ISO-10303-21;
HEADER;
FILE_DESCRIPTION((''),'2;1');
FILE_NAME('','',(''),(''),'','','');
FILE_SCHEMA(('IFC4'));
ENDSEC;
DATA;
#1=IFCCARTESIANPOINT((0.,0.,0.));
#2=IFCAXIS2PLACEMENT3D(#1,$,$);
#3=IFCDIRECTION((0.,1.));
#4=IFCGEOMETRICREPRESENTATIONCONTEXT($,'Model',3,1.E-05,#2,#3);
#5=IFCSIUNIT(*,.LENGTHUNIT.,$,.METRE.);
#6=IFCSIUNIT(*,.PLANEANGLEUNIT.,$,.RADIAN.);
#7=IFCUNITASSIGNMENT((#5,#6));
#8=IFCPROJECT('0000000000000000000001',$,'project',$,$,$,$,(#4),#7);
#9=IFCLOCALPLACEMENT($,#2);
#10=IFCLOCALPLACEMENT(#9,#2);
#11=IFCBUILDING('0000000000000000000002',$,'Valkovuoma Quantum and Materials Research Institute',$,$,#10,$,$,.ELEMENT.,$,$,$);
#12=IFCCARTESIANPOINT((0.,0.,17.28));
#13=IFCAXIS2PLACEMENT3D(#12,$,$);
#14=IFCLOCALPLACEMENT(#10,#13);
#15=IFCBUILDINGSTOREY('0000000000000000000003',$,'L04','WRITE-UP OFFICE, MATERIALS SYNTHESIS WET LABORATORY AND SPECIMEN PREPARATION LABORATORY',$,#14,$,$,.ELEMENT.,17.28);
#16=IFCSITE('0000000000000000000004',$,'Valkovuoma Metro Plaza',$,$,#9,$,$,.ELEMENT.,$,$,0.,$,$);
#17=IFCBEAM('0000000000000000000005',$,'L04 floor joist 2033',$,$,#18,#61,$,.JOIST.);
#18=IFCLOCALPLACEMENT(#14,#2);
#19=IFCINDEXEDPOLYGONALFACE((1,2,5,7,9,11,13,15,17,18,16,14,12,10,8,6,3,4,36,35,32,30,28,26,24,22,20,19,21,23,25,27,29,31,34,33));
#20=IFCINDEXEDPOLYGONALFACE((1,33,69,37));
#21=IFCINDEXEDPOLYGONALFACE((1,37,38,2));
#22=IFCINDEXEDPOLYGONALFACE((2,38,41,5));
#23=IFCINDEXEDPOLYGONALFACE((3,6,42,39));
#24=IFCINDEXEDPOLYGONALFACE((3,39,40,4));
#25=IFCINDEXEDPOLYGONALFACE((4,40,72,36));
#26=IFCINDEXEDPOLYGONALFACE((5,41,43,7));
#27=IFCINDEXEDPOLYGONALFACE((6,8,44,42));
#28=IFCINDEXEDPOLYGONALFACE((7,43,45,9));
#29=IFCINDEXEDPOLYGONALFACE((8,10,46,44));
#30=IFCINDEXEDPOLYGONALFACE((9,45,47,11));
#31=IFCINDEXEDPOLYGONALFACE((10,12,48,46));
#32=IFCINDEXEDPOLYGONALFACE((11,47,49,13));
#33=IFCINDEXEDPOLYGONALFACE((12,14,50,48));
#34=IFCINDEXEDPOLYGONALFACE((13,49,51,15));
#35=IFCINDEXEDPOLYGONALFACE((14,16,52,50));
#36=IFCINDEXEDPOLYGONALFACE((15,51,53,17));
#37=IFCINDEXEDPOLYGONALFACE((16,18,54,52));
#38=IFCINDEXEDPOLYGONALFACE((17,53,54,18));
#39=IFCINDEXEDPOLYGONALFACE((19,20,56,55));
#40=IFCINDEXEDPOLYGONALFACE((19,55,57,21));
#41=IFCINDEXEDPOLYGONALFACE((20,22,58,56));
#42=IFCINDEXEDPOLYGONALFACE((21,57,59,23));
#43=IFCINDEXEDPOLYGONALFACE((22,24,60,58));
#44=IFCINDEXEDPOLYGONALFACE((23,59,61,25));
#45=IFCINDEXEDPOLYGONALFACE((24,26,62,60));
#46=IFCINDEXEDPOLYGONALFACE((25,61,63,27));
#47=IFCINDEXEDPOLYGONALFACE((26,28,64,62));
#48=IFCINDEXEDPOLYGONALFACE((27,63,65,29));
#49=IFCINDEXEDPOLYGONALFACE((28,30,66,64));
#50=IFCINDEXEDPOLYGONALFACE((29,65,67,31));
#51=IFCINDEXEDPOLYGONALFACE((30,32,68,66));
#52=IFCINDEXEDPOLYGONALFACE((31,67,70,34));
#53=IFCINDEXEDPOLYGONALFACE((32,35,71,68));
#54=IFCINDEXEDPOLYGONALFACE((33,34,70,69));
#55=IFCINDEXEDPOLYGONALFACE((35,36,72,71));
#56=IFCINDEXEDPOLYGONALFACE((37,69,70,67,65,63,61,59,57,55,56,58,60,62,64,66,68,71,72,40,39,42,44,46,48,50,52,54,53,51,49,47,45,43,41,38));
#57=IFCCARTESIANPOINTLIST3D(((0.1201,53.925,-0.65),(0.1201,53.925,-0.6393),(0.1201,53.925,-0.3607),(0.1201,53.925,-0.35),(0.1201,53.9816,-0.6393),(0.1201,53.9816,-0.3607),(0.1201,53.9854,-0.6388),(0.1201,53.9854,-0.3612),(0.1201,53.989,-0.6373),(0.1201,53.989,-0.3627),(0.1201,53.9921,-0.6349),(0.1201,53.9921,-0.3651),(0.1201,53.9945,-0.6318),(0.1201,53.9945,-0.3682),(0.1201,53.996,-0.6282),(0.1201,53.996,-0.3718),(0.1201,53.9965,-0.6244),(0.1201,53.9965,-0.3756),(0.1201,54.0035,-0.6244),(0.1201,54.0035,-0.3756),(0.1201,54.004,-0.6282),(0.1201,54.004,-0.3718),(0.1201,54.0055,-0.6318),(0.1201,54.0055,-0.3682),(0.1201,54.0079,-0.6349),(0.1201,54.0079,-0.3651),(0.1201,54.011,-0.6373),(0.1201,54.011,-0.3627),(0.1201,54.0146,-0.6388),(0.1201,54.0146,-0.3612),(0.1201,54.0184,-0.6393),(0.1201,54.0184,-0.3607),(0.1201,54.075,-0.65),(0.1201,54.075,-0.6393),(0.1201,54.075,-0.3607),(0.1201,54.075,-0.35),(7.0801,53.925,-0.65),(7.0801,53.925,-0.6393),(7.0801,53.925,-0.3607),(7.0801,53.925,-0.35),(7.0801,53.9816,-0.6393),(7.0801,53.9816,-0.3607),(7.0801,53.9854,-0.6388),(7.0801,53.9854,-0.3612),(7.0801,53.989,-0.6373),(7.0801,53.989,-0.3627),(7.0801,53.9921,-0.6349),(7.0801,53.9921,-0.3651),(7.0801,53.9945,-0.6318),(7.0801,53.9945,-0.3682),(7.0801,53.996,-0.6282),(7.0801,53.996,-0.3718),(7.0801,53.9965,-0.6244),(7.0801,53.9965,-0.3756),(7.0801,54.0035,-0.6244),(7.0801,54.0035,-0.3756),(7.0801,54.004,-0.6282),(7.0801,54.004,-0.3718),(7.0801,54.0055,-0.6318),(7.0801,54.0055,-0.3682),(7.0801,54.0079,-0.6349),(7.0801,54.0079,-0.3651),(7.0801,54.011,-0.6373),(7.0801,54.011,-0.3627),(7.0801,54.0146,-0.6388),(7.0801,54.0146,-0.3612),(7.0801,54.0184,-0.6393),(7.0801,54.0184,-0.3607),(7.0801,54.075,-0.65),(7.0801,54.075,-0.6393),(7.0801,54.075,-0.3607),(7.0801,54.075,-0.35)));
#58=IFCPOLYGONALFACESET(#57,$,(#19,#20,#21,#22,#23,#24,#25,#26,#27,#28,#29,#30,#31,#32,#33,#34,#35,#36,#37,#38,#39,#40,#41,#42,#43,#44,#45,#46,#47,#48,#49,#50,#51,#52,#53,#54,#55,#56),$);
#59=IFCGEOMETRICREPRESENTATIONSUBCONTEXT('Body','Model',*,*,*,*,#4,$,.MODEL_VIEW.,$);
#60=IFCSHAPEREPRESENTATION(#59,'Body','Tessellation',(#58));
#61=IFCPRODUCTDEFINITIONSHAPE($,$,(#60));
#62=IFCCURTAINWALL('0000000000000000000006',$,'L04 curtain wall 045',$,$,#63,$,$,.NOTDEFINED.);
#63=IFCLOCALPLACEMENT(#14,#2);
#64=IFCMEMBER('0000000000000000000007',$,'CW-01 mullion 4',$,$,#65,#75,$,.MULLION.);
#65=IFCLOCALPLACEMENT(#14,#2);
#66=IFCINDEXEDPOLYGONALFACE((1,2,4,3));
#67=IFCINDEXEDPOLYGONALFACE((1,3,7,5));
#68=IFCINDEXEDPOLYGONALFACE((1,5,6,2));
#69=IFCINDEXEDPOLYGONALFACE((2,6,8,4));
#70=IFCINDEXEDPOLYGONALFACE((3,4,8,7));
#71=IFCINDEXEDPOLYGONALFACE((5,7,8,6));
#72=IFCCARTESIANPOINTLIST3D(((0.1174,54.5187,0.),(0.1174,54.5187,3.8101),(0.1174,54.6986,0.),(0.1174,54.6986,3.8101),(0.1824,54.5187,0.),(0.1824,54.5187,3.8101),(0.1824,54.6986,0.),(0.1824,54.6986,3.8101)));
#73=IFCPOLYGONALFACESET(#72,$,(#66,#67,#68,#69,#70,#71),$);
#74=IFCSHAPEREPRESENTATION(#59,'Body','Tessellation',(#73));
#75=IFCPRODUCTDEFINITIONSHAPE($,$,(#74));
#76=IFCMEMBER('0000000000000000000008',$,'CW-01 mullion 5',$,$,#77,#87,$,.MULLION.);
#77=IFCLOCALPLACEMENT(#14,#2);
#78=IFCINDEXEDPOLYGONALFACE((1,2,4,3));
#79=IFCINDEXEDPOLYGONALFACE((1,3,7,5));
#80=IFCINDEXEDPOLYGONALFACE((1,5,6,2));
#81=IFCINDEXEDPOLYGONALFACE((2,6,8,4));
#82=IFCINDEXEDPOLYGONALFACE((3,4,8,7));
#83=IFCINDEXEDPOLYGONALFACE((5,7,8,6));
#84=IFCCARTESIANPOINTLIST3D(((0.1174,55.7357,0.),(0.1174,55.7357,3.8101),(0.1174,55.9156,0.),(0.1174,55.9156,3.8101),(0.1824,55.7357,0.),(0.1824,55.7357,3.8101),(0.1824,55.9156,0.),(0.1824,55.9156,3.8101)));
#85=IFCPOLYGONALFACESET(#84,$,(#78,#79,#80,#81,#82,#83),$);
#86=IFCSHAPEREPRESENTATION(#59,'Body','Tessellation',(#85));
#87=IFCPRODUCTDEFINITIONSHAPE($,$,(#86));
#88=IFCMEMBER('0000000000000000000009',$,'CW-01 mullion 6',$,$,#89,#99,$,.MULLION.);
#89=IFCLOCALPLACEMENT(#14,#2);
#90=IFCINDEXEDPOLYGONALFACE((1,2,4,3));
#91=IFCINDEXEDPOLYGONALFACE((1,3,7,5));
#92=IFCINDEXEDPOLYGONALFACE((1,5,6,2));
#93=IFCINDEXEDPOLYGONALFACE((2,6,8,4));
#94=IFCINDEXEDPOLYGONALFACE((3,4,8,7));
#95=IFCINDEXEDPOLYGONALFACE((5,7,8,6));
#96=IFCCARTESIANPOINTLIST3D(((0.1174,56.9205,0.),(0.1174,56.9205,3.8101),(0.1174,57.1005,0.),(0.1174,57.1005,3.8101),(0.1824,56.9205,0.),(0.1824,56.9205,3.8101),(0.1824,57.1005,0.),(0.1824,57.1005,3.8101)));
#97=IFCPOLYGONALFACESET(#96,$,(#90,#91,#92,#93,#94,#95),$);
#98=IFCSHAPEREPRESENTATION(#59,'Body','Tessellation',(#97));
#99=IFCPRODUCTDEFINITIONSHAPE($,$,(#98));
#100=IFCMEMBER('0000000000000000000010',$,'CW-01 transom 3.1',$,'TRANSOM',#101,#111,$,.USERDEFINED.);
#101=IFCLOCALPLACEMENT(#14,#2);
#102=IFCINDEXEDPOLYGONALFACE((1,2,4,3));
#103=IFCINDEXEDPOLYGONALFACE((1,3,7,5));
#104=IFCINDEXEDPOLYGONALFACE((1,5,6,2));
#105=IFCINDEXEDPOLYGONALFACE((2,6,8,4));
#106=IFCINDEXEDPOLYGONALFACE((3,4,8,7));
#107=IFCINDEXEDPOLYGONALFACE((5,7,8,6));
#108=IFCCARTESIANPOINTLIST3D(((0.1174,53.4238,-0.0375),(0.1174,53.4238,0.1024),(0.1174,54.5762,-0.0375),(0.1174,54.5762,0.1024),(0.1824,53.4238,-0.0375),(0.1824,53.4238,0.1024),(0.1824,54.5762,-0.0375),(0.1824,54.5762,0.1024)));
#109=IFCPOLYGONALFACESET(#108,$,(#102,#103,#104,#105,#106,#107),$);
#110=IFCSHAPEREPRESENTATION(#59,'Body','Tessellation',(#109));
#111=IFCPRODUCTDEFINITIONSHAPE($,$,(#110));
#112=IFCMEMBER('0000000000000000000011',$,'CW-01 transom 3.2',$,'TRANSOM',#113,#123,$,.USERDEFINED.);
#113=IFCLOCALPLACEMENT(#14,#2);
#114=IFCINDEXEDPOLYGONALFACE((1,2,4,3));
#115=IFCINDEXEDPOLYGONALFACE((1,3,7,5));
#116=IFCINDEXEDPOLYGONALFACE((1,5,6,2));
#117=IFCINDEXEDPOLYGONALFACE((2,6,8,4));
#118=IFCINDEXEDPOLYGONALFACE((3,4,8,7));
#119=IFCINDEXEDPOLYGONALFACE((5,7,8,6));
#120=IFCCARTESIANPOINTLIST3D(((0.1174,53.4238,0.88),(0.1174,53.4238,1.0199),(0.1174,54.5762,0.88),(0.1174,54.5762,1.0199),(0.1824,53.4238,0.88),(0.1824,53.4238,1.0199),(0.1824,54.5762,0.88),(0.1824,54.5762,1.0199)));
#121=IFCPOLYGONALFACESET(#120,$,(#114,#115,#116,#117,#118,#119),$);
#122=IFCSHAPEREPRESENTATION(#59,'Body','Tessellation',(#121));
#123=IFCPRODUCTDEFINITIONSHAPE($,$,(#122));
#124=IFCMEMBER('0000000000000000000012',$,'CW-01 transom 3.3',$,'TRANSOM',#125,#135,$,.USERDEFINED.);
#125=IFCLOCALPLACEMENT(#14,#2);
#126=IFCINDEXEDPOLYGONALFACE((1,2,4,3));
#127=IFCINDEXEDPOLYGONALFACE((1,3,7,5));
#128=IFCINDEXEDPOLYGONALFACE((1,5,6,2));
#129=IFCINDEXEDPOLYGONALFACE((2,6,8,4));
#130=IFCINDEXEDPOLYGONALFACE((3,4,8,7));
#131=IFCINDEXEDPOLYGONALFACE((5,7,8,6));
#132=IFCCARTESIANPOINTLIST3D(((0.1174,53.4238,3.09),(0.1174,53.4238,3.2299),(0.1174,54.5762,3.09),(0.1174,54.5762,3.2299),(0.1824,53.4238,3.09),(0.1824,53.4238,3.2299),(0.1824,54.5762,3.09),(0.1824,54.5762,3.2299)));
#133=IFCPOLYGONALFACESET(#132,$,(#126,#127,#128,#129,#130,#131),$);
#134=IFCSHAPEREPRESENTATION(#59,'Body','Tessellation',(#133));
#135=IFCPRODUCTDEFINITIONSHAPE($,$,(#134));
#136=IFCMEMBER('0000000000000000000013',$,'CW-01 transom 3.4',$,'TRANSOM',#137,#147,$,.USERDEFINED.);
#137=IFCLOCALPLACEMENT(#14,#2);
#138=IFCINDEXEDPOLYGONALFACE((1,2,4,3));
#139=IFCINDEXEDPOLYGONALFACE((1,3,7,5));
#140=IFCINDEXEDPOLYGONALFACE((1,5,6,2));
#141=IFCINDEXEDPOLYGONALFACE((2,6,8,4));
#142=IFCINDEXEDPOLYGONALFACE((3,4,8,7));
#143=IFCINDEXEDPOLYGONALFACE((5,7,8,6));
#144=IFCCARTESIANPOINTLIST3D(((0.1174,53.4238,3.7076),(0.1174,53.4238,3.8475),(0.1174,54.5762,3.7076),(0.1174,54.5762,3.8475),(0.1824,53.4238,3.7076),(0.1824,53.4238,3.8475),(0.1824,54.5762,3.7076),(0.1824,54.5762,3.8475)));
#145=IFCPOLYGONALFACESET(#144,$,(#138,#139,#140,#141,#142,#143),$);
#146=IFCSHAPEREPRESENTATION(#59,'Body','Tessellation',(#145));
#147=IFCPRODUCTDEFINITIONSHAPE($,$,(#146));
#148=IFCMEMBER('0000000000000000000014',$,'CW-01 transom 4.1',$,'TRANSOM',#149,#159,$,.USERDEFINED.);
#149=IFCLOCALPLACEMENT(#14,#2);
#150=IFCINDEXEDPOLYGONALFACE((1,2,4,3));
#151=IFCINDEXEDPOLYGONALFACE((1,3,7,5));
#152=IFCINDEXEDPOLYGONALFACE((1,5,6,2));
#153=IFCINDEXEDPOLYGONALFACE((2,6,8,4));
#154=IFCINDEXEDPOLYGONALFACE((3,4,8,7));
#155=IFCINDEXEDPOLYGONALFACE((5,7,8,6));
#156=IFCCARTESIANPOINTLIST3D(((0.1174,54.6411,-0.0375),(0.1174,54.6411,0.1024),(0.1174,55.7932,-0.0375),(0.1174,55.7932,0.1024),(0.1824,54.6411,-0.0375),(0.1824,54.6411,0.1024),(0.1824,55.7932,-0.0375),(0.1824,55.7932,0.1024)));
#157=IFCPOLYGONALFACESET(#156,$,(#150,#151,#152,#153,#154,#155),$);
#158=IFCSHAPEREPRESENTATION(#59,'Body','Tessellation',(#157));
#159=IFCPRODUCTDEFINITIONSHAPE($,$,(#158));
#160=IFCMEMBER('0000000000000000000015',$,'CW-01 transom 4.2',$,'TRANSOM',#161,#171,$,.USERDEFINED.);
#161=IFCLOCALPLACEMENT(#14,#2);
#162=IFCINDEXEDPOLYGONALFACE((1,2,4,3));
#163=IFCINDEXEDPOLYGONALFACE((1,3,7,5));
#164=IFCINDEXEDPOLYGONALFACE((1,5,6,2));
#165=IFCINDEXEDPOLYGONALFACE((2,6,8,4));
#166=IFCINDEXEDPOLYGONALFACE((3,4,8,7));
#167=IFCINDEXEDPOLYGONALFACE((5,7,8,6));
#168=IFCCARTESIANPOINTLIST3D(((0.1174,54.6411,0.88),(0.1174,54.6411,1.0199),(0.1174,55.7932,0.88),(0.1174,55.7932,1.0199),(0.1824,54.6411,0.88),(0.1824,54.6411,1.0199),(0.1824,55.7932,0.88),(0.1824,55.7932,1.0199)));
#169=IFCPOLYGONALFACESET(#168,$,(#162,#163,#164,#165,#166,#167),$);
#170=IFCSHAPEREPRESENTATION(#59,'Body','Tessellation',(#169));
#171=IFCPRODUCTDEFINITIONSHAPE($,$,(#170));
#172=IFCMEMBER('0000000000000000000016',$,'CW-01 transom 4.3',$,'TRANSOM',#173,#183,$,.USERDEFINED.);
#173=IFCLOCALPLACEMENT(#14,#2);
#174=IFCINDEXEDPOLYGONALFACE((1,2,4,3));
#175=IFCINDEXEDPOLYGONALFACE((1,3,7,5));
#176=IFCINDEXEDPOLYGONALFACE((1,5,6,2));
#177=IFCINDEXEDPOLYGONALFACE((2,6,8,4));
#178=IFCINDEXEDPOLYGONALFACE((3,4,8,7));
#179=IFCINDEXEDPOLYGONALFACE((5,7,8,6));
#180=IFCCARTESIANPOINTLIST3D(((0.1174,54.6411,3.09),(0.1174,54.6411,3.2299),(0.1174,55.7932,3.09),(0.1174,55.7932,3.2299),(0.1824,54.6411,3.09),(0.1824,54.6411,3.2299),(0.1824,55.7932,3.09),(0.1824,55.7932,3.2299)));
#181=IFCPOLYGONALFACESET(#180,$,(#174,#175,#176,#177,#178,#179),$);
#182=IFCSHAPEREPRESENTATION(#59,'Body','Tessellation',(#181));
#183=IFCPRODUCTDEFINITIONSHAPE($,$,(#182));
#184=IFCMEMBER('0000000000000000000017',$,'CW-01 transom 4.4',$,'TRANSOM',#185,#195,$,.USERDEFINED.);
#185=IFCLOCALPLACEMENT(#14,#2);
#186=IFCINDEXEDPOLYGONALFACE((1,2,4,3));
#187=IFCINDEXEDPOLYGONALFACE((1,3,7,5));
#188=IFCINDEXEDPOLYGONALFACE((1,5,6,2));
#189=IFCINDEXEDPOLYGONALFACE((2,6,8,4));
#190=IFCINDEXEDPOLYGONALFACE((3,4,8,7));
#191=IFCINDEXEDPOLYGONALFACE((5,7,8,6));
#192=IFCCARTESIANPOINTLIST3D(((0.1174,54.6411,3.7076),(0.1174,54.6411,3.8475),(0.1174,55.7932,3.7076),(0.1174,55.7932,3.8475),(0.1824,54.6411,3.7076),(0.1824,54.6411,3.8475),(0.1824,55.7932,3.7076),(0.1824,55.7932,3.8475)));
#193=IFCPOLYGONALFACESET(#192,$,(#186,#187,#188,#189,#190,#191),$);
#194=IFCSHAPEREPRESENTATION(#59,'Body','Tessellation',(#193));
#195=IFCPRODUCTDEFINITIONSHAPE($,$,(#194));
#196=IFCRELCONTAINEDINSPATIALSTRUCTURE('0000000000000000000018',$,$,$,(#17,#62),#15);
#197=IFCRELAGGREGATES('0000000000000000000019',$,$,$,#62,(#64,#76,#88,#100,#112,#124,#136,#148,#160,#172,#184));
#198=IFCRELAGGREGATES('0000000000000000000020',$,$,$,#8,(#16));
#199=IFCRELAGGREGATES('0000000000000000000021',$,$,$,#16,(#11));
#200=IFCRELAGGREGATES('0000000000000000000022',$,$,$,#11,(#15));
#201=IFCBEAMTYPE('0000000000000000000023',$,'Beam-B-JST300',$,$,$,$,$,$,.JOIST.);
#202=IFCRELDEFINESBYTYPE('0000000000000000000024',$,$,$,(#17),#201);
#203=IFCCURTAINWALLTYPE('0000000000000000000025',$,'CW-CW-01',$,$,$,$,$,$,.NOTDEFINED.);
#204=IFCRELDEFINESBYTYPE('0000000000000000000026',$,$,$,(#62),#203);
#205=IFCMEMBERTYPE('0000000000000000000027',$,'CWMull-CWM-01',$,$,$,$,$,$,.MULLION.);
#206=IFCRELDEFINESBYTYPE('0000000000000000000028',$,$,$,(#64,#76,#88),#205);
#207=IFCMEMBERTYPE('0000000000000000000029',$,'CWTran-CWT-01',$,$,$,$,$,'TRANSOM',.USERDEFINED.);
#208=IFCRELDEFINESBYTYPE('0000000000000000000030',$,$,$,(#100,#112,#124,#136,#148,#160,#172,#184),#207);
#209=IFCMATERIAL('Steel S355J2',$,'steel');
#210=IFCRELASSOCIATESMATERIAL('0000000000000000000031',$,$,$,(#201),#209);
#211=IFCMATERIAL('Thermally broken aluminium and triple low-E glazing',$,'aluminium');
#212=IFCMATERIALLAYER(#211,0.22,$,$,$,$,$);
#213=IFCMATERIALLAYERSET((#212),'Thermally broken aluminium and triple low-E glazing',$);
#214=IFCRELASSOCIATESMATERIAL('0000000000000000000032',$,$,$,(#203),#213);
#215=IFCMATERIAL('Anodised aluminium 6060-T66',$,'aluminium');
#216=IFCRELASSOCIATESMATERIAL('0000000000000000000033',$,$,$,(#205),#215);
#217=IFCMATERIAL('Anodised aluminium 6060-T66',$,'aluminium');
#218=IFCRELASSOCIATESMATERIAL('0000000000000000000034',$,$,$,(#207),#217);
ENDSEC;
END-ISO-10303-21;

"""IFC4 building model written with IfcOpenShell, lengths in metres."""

from ifc_helpers import new_model, si_unit, direction, frame, origin, origin_2d, place, context, subcontext, project, spatial, rectangle, i_section, extrude, material, layer, layer_set, material_profile, profile_set, type_object, element, aggregate, save


model = new_model("IFC4")

# Units and contexts
model_context = context("Model", 3, precision=1e-05, world=origin(), true_north=direction((0.0, 1.0)))
body_context = subcontext(model_context, "Body", "Model", "MODEL_VIEW")
ifc_project = project(units=[si_unit("LENGTHUNIT", "METRE"), si_unit("PLANEANGLEUNIT", "RADIAN")], contexts=[model_context])

# Site, building, storey
site_placement = place(None, origin())
site = spatial("IfcSite", under=ifc_project, at=site_placement, Name="Valkovuoma Metro Plaza", CompositionType="ELEMENT", RefElevation=0.0)
building_placement = place(site_placement, origin())
building = spatial("IfcBuilding", under=site, at=building_placement, Name="Valkovuoma Quantum and Materials Research Institute", CompositionType="ELEMENT")
storey_placement = place(building_placement, frame((0.0, 0.0, 17.28)))
storey = spatial("IfcBuildingStorey", under=building, at=storey_placement, Name="L04", Description="WRITE-UP OFFICE, MATERIALS SYNTHESIS WET LABORATORY AND SPECIMEN PREPARATION LABORATORY", CompositionType="ELEMENT", Elevation=17.28)

# Beam
ifc_material_1 = material(Name="Steel S355J2", Category="steel")
ifc_material_profile_1 = material_profile(ifc_material_1, i_section(OverallWidth=0.1499, OverallDepth=0.3, WebThickness=0.0071, FlangeThickness=0.0107, FilletRadius=0.0149, at=origin_2d()), Name="Steel S355J2")
ifc_profile_set_1 = profile_set([ifc_material_profile_1], Name="Steel S355J2")
beam_type = type_object("IfcBeamType", Name="Beam-B-JST300", PredefinedType="JOIST", material=ifc_profile_set_1)
beam_placement = place(storey_placement, frame((0.1201, 54.0, -0.5), z_axis=(1.0, 0.0, 0.0), x_axis=(0.0, 1.0, 0.0)))
element("IfcBeam", 1, at=beam_placement, inside=storey, type_object=beam_type, Name="L04 floor joist 2033", PredefinedType="JOIST", context=body_context, shape_type="SweptSolid", body=[
    extrude(i_section(OverallWidth=0.1499, OverallDepth=0.3, WebThickness=0.0071, FlangeThickness=0.0107, FilletRadius=0.0149, at=origin_2d()), origin(), (0.0, 0.0, 1.0), 6.96),
])

# Curtain wall, members
ifc_material_2 = material(Name="Thermally broken aluminium and triple low-E glazing", Category="aluminium")
ifc_layer_1 = layer(ifc_material_2, 0.22)
ifc_layer_set_1 = layer_set([ifc_layer_1], Name="Thermally broken aluminium and triple low-E glazing")
curtain_wall_type = type_object("IfcCurtainWallType", Name="CW-CW-01", PredefinedType="NOTDEFINED", material=ifc_layer_set_1)
curtain_wall_placement = place(storey_placement, origin())
curtain_wall = element("IfcCurtainWall", 2, at=curtain_wall_placement, inside=storey, type_object=curtain_wall_type, Name="L04 curtain wall 045", PredefinedType="NOTDEFINED")
ifc_material_3 = material(Name="Anodised aluminium 6060-T66", Category="aluminium")
ifc_material_profile_2 = material_profile(ifc_material_3, rectangle(XDim=0.0649, YDim=0.1799, at=origin_2d()), Name="Anodised aluminium 6060-T66")
ifc_profile_set_2 = profile_set([ifc_material_profile_2], Name="Anodised aluminium 6060-T66")
member_type_1 = type_object("IfcMemberType", Name="CWMull-CWM-01", PredefinedType="MULLION", material=ifc_profile_set_2)
member_1_placement = place(storey_placement, frame((0.1499, 54.6086, 0.0), z_axis=(0.0, 0.0, 1.0), x_axis=(-1.0, 0.0, 0.0)))
member_1 = element("IfcMember", 3, at=member_1_placement, type_object=member_type_1, Name="CW-01 mullion 4", PredefinedType="MULLION", context=body_context, shape_type="SweptSolid", body=[
    extrude(rectangle(XDim=0.0649, YDim=0.1799, at=origin_2d()), origin(), (0.0, 0.0, 1.0), 3.8101),
])
member_2_placement = place(storey_placement, frame((0.1499, 55.8257, 0.0), z_axis=(0.0, 0.0, 1.0), x_axis=(-1.0, 0.0, 0.0)))
member_2 = element("IfcMember", 4, at=member_2_placement, type_object=member_type_1, Name="CW-01 mullion 5", PredefinedType="MULLION", context=body_context, shape_type="SweptSolid", body=[
    extrude(rectangle(XDim=0.0649, YDim=0.1799, at=origin_2d()), origin(), (0.0, 0.0, 1.0), 3.8101),
])
member_3_placement = place(storey_placement, frame((0.1499, 57.0105, 0.0), z_axis=(0.0, 0.0, 1.0), x_axis=(-1.0, 0.0, 0.0)))
member_3 = element("IfcMember", 5, at=member_3_placement, type_object=member_type_1, Name="CW-01 mullion 6", PredefinedType="MULLION", context=body_context, shape_type="SweptSolid", body=[
    extrude(rectangle(XDim=0.0649, YDim=0.1799, at=origin_2d()), origin(), (0.0, 0.0, 1.0), 3.8101),
])
ifc_material_4 = material(Name="Anodised aluminium 6060-T66", Category="aluminium")
ifc_material_profile_3 = material_profile(ifc_material_4, rectangle(XDim=0.0649, YDim=0.1399, at=origin_2d()), Name="Anodised aluminium 6060-T66")
ifc_profile_set_3 = profile_set([ifc_material_profile_3], Name="Anodised aluminium 6060-T66")
member_type_2 = type_object("IfcMemberType", Name="CWTran-CWT-01", ElementType="TRANSOM", PredefinedType="USERDEFINED", material=ifc_profile_set_3)
member_4_placement = place(storey_placement, frame((0.1499, 53.4238, 0.0325), z_axis=(0.0, 1.0, 0.0), x_axis=(-1.0, 0.0, 0.0)))
member_4 = element("IfcMember", 6, at=member_4_placement, type_object=member_type_2, Name="CW-01 transom 3.1", ObjectType="TRANSOM", PredefinedType="USERDEFINED", context=body_context, shape_type="SweptSolid", body=[
    extrude(rectangle(XDim=0.0649, YDim=0.1399, at=origin_2d()), origin(), (0.0, 0.0, 1.0), 1.1523),
])
member_5_placement = place(storey_placement, frame((0.1499, 53.4238, 0.95), z_axis=(0.0, 1.0, 0.0), x_axis=(-1.0, 0.0, 0.0)))
member_5 = element("IfcMember", 7, at=member_5_placement, type_object=member_type_2, Name="CW-01 transom 3.2", ObjectType="TRANSOM", PredefinedType="USERDEFINED", context=body_context, shape_type="SweptSolid", body=[
    extrude(rectangle(XDim=0.0649, YDim=0.1399, at=origin_2d()), origin(), (0.0, 0.0, 1.0), 1.1523),
])
member_6_placement = place(storey_placement, frame((0.1499, 53.4238, 3.1599), z_axis=(0.0, 1.0, 0.0), x_axis=(-1.0, 0.0, 0.0)))
member_6 = element("IfcMember", 8, at=member_6_placement, type_object=member_type_2, Name="CW-01 transom 3.3", ObjectType="TRANSOM", PredefinedType="USERDEFINED", context=body_context, shape_type="SweptSolid", body=[
    extrude(rectangle(XDim=0.0649, YDim=0.1399, at=origin_2d()), origin(), (0.0, 0.0, 1.0), 1.1523),
])
member_7_placement = place(storey_placement, frame((0.1499, 53.4238, 3.7776), z_axis=(0.0, 1.0, 0.0), x_axis=(-1.0, 0.0, 0.0)))
member_7 = element("IfcMember", 9, at=member_7_placement, type_object=member_type_2, Name="CW-01 transom 3.4", ObjectType="TRANSOM", PredefinedType="USERDEFINED", context=body_context, shape_type="SweptSolid", body=[
    extrude(rectangle(XDim=0.0649, YDim=0.1399, at=origin_2d()), origin(), (0.0, 0.0, 1.0), 1.1523),
])
member_8_placement = place(storey_placement, frame((0.1499, 54.6411, 0.0325), z_axis=(0.0, 1.0, 0.0), x_axis=(-1.0, 0.0, 0.0)))
member_8 = element("IfcMember", 10, at=member_8_placement, type_object=member_type_2, Name="CW-01 transom 4.1", ObjectType="TRANSOM", PredefinedType="USERDEFINED", context=body_context, shape_type="SweptSolid", body=[
    extrude(rectangle(XDim=0.0649, YDim=0.1399, at=origin_2d()), origin(), (0.0, 0.0, 1.0), 1.1521),
])
member_9_placement = place(storey_placement, frame((0.1499, 54.6411, 0.95), z_axis=(0.0, 1.0, 0.0), x_axis=(-1.0, 0.0, 0.0)))
member_9 = element("IfcMember", 11, at=member_9_placement, type_object=member_type_2, Name="CW-01 transom 4.2", ObjectType="TRANSOM", PredefinedType="USERDEFINED", context=body_context, shape_type="SweptSolid", body=[
    extrude(rectangle(XDim=0.0649, YDim=0.1399, at=origin_2d()), origin(), (0.0, 0.0, 1.0), 1.1521),
])
member_10_placement = place(storey_placement, frame((0.1499, 54.6411, 3.1599), z_axis=(0.0, 1.0, 0.0), x_axis=(-1.0, 0.0, 0.0)))
member_10 = element("IfcMember", 12, at=member_10_placement, type_object=member_type_2, Name="CW-01 transom 4.3", ObjectType="TRANSOM", PredefinedType="USERDEFINED", context=body_context, shape_type="SweptSolid", body=[
    extrude(rectangle(XDim=0.0649, YDim=0.1399, at=origin_2d()), origin(), (0.0, 0.0, 1.0), 1.1521),
])
member_11_placement = place(storey_placement, frame((0.1499, 54.6411, 3.7776), z_axis=(0.0, 1.0, 0.0), x_axis=(-1.0, 0.0, 0.0)))
member_11 = element("IfcMember", 13, at=member_11_placement, type_object=member_type_2, Name="CW-01 transom 4.4", ObjectType="TRANSOM", PredefinedType="USERDEFINED", context=body_context, shape_type="SweptSolid", body=[
    extrude(rectangle(XDim=0.0649, YDim=0.1399, at=origin_2d()), origin(), (0.0, 0.0, 1.0), 1.1521),
])
aggregate(curtain_wall, [member_1, member_2, member_3, member_4, member_5, member_6, member_7, member_8, member_9, member_10, member_11])

save(model, "model.ifc")
